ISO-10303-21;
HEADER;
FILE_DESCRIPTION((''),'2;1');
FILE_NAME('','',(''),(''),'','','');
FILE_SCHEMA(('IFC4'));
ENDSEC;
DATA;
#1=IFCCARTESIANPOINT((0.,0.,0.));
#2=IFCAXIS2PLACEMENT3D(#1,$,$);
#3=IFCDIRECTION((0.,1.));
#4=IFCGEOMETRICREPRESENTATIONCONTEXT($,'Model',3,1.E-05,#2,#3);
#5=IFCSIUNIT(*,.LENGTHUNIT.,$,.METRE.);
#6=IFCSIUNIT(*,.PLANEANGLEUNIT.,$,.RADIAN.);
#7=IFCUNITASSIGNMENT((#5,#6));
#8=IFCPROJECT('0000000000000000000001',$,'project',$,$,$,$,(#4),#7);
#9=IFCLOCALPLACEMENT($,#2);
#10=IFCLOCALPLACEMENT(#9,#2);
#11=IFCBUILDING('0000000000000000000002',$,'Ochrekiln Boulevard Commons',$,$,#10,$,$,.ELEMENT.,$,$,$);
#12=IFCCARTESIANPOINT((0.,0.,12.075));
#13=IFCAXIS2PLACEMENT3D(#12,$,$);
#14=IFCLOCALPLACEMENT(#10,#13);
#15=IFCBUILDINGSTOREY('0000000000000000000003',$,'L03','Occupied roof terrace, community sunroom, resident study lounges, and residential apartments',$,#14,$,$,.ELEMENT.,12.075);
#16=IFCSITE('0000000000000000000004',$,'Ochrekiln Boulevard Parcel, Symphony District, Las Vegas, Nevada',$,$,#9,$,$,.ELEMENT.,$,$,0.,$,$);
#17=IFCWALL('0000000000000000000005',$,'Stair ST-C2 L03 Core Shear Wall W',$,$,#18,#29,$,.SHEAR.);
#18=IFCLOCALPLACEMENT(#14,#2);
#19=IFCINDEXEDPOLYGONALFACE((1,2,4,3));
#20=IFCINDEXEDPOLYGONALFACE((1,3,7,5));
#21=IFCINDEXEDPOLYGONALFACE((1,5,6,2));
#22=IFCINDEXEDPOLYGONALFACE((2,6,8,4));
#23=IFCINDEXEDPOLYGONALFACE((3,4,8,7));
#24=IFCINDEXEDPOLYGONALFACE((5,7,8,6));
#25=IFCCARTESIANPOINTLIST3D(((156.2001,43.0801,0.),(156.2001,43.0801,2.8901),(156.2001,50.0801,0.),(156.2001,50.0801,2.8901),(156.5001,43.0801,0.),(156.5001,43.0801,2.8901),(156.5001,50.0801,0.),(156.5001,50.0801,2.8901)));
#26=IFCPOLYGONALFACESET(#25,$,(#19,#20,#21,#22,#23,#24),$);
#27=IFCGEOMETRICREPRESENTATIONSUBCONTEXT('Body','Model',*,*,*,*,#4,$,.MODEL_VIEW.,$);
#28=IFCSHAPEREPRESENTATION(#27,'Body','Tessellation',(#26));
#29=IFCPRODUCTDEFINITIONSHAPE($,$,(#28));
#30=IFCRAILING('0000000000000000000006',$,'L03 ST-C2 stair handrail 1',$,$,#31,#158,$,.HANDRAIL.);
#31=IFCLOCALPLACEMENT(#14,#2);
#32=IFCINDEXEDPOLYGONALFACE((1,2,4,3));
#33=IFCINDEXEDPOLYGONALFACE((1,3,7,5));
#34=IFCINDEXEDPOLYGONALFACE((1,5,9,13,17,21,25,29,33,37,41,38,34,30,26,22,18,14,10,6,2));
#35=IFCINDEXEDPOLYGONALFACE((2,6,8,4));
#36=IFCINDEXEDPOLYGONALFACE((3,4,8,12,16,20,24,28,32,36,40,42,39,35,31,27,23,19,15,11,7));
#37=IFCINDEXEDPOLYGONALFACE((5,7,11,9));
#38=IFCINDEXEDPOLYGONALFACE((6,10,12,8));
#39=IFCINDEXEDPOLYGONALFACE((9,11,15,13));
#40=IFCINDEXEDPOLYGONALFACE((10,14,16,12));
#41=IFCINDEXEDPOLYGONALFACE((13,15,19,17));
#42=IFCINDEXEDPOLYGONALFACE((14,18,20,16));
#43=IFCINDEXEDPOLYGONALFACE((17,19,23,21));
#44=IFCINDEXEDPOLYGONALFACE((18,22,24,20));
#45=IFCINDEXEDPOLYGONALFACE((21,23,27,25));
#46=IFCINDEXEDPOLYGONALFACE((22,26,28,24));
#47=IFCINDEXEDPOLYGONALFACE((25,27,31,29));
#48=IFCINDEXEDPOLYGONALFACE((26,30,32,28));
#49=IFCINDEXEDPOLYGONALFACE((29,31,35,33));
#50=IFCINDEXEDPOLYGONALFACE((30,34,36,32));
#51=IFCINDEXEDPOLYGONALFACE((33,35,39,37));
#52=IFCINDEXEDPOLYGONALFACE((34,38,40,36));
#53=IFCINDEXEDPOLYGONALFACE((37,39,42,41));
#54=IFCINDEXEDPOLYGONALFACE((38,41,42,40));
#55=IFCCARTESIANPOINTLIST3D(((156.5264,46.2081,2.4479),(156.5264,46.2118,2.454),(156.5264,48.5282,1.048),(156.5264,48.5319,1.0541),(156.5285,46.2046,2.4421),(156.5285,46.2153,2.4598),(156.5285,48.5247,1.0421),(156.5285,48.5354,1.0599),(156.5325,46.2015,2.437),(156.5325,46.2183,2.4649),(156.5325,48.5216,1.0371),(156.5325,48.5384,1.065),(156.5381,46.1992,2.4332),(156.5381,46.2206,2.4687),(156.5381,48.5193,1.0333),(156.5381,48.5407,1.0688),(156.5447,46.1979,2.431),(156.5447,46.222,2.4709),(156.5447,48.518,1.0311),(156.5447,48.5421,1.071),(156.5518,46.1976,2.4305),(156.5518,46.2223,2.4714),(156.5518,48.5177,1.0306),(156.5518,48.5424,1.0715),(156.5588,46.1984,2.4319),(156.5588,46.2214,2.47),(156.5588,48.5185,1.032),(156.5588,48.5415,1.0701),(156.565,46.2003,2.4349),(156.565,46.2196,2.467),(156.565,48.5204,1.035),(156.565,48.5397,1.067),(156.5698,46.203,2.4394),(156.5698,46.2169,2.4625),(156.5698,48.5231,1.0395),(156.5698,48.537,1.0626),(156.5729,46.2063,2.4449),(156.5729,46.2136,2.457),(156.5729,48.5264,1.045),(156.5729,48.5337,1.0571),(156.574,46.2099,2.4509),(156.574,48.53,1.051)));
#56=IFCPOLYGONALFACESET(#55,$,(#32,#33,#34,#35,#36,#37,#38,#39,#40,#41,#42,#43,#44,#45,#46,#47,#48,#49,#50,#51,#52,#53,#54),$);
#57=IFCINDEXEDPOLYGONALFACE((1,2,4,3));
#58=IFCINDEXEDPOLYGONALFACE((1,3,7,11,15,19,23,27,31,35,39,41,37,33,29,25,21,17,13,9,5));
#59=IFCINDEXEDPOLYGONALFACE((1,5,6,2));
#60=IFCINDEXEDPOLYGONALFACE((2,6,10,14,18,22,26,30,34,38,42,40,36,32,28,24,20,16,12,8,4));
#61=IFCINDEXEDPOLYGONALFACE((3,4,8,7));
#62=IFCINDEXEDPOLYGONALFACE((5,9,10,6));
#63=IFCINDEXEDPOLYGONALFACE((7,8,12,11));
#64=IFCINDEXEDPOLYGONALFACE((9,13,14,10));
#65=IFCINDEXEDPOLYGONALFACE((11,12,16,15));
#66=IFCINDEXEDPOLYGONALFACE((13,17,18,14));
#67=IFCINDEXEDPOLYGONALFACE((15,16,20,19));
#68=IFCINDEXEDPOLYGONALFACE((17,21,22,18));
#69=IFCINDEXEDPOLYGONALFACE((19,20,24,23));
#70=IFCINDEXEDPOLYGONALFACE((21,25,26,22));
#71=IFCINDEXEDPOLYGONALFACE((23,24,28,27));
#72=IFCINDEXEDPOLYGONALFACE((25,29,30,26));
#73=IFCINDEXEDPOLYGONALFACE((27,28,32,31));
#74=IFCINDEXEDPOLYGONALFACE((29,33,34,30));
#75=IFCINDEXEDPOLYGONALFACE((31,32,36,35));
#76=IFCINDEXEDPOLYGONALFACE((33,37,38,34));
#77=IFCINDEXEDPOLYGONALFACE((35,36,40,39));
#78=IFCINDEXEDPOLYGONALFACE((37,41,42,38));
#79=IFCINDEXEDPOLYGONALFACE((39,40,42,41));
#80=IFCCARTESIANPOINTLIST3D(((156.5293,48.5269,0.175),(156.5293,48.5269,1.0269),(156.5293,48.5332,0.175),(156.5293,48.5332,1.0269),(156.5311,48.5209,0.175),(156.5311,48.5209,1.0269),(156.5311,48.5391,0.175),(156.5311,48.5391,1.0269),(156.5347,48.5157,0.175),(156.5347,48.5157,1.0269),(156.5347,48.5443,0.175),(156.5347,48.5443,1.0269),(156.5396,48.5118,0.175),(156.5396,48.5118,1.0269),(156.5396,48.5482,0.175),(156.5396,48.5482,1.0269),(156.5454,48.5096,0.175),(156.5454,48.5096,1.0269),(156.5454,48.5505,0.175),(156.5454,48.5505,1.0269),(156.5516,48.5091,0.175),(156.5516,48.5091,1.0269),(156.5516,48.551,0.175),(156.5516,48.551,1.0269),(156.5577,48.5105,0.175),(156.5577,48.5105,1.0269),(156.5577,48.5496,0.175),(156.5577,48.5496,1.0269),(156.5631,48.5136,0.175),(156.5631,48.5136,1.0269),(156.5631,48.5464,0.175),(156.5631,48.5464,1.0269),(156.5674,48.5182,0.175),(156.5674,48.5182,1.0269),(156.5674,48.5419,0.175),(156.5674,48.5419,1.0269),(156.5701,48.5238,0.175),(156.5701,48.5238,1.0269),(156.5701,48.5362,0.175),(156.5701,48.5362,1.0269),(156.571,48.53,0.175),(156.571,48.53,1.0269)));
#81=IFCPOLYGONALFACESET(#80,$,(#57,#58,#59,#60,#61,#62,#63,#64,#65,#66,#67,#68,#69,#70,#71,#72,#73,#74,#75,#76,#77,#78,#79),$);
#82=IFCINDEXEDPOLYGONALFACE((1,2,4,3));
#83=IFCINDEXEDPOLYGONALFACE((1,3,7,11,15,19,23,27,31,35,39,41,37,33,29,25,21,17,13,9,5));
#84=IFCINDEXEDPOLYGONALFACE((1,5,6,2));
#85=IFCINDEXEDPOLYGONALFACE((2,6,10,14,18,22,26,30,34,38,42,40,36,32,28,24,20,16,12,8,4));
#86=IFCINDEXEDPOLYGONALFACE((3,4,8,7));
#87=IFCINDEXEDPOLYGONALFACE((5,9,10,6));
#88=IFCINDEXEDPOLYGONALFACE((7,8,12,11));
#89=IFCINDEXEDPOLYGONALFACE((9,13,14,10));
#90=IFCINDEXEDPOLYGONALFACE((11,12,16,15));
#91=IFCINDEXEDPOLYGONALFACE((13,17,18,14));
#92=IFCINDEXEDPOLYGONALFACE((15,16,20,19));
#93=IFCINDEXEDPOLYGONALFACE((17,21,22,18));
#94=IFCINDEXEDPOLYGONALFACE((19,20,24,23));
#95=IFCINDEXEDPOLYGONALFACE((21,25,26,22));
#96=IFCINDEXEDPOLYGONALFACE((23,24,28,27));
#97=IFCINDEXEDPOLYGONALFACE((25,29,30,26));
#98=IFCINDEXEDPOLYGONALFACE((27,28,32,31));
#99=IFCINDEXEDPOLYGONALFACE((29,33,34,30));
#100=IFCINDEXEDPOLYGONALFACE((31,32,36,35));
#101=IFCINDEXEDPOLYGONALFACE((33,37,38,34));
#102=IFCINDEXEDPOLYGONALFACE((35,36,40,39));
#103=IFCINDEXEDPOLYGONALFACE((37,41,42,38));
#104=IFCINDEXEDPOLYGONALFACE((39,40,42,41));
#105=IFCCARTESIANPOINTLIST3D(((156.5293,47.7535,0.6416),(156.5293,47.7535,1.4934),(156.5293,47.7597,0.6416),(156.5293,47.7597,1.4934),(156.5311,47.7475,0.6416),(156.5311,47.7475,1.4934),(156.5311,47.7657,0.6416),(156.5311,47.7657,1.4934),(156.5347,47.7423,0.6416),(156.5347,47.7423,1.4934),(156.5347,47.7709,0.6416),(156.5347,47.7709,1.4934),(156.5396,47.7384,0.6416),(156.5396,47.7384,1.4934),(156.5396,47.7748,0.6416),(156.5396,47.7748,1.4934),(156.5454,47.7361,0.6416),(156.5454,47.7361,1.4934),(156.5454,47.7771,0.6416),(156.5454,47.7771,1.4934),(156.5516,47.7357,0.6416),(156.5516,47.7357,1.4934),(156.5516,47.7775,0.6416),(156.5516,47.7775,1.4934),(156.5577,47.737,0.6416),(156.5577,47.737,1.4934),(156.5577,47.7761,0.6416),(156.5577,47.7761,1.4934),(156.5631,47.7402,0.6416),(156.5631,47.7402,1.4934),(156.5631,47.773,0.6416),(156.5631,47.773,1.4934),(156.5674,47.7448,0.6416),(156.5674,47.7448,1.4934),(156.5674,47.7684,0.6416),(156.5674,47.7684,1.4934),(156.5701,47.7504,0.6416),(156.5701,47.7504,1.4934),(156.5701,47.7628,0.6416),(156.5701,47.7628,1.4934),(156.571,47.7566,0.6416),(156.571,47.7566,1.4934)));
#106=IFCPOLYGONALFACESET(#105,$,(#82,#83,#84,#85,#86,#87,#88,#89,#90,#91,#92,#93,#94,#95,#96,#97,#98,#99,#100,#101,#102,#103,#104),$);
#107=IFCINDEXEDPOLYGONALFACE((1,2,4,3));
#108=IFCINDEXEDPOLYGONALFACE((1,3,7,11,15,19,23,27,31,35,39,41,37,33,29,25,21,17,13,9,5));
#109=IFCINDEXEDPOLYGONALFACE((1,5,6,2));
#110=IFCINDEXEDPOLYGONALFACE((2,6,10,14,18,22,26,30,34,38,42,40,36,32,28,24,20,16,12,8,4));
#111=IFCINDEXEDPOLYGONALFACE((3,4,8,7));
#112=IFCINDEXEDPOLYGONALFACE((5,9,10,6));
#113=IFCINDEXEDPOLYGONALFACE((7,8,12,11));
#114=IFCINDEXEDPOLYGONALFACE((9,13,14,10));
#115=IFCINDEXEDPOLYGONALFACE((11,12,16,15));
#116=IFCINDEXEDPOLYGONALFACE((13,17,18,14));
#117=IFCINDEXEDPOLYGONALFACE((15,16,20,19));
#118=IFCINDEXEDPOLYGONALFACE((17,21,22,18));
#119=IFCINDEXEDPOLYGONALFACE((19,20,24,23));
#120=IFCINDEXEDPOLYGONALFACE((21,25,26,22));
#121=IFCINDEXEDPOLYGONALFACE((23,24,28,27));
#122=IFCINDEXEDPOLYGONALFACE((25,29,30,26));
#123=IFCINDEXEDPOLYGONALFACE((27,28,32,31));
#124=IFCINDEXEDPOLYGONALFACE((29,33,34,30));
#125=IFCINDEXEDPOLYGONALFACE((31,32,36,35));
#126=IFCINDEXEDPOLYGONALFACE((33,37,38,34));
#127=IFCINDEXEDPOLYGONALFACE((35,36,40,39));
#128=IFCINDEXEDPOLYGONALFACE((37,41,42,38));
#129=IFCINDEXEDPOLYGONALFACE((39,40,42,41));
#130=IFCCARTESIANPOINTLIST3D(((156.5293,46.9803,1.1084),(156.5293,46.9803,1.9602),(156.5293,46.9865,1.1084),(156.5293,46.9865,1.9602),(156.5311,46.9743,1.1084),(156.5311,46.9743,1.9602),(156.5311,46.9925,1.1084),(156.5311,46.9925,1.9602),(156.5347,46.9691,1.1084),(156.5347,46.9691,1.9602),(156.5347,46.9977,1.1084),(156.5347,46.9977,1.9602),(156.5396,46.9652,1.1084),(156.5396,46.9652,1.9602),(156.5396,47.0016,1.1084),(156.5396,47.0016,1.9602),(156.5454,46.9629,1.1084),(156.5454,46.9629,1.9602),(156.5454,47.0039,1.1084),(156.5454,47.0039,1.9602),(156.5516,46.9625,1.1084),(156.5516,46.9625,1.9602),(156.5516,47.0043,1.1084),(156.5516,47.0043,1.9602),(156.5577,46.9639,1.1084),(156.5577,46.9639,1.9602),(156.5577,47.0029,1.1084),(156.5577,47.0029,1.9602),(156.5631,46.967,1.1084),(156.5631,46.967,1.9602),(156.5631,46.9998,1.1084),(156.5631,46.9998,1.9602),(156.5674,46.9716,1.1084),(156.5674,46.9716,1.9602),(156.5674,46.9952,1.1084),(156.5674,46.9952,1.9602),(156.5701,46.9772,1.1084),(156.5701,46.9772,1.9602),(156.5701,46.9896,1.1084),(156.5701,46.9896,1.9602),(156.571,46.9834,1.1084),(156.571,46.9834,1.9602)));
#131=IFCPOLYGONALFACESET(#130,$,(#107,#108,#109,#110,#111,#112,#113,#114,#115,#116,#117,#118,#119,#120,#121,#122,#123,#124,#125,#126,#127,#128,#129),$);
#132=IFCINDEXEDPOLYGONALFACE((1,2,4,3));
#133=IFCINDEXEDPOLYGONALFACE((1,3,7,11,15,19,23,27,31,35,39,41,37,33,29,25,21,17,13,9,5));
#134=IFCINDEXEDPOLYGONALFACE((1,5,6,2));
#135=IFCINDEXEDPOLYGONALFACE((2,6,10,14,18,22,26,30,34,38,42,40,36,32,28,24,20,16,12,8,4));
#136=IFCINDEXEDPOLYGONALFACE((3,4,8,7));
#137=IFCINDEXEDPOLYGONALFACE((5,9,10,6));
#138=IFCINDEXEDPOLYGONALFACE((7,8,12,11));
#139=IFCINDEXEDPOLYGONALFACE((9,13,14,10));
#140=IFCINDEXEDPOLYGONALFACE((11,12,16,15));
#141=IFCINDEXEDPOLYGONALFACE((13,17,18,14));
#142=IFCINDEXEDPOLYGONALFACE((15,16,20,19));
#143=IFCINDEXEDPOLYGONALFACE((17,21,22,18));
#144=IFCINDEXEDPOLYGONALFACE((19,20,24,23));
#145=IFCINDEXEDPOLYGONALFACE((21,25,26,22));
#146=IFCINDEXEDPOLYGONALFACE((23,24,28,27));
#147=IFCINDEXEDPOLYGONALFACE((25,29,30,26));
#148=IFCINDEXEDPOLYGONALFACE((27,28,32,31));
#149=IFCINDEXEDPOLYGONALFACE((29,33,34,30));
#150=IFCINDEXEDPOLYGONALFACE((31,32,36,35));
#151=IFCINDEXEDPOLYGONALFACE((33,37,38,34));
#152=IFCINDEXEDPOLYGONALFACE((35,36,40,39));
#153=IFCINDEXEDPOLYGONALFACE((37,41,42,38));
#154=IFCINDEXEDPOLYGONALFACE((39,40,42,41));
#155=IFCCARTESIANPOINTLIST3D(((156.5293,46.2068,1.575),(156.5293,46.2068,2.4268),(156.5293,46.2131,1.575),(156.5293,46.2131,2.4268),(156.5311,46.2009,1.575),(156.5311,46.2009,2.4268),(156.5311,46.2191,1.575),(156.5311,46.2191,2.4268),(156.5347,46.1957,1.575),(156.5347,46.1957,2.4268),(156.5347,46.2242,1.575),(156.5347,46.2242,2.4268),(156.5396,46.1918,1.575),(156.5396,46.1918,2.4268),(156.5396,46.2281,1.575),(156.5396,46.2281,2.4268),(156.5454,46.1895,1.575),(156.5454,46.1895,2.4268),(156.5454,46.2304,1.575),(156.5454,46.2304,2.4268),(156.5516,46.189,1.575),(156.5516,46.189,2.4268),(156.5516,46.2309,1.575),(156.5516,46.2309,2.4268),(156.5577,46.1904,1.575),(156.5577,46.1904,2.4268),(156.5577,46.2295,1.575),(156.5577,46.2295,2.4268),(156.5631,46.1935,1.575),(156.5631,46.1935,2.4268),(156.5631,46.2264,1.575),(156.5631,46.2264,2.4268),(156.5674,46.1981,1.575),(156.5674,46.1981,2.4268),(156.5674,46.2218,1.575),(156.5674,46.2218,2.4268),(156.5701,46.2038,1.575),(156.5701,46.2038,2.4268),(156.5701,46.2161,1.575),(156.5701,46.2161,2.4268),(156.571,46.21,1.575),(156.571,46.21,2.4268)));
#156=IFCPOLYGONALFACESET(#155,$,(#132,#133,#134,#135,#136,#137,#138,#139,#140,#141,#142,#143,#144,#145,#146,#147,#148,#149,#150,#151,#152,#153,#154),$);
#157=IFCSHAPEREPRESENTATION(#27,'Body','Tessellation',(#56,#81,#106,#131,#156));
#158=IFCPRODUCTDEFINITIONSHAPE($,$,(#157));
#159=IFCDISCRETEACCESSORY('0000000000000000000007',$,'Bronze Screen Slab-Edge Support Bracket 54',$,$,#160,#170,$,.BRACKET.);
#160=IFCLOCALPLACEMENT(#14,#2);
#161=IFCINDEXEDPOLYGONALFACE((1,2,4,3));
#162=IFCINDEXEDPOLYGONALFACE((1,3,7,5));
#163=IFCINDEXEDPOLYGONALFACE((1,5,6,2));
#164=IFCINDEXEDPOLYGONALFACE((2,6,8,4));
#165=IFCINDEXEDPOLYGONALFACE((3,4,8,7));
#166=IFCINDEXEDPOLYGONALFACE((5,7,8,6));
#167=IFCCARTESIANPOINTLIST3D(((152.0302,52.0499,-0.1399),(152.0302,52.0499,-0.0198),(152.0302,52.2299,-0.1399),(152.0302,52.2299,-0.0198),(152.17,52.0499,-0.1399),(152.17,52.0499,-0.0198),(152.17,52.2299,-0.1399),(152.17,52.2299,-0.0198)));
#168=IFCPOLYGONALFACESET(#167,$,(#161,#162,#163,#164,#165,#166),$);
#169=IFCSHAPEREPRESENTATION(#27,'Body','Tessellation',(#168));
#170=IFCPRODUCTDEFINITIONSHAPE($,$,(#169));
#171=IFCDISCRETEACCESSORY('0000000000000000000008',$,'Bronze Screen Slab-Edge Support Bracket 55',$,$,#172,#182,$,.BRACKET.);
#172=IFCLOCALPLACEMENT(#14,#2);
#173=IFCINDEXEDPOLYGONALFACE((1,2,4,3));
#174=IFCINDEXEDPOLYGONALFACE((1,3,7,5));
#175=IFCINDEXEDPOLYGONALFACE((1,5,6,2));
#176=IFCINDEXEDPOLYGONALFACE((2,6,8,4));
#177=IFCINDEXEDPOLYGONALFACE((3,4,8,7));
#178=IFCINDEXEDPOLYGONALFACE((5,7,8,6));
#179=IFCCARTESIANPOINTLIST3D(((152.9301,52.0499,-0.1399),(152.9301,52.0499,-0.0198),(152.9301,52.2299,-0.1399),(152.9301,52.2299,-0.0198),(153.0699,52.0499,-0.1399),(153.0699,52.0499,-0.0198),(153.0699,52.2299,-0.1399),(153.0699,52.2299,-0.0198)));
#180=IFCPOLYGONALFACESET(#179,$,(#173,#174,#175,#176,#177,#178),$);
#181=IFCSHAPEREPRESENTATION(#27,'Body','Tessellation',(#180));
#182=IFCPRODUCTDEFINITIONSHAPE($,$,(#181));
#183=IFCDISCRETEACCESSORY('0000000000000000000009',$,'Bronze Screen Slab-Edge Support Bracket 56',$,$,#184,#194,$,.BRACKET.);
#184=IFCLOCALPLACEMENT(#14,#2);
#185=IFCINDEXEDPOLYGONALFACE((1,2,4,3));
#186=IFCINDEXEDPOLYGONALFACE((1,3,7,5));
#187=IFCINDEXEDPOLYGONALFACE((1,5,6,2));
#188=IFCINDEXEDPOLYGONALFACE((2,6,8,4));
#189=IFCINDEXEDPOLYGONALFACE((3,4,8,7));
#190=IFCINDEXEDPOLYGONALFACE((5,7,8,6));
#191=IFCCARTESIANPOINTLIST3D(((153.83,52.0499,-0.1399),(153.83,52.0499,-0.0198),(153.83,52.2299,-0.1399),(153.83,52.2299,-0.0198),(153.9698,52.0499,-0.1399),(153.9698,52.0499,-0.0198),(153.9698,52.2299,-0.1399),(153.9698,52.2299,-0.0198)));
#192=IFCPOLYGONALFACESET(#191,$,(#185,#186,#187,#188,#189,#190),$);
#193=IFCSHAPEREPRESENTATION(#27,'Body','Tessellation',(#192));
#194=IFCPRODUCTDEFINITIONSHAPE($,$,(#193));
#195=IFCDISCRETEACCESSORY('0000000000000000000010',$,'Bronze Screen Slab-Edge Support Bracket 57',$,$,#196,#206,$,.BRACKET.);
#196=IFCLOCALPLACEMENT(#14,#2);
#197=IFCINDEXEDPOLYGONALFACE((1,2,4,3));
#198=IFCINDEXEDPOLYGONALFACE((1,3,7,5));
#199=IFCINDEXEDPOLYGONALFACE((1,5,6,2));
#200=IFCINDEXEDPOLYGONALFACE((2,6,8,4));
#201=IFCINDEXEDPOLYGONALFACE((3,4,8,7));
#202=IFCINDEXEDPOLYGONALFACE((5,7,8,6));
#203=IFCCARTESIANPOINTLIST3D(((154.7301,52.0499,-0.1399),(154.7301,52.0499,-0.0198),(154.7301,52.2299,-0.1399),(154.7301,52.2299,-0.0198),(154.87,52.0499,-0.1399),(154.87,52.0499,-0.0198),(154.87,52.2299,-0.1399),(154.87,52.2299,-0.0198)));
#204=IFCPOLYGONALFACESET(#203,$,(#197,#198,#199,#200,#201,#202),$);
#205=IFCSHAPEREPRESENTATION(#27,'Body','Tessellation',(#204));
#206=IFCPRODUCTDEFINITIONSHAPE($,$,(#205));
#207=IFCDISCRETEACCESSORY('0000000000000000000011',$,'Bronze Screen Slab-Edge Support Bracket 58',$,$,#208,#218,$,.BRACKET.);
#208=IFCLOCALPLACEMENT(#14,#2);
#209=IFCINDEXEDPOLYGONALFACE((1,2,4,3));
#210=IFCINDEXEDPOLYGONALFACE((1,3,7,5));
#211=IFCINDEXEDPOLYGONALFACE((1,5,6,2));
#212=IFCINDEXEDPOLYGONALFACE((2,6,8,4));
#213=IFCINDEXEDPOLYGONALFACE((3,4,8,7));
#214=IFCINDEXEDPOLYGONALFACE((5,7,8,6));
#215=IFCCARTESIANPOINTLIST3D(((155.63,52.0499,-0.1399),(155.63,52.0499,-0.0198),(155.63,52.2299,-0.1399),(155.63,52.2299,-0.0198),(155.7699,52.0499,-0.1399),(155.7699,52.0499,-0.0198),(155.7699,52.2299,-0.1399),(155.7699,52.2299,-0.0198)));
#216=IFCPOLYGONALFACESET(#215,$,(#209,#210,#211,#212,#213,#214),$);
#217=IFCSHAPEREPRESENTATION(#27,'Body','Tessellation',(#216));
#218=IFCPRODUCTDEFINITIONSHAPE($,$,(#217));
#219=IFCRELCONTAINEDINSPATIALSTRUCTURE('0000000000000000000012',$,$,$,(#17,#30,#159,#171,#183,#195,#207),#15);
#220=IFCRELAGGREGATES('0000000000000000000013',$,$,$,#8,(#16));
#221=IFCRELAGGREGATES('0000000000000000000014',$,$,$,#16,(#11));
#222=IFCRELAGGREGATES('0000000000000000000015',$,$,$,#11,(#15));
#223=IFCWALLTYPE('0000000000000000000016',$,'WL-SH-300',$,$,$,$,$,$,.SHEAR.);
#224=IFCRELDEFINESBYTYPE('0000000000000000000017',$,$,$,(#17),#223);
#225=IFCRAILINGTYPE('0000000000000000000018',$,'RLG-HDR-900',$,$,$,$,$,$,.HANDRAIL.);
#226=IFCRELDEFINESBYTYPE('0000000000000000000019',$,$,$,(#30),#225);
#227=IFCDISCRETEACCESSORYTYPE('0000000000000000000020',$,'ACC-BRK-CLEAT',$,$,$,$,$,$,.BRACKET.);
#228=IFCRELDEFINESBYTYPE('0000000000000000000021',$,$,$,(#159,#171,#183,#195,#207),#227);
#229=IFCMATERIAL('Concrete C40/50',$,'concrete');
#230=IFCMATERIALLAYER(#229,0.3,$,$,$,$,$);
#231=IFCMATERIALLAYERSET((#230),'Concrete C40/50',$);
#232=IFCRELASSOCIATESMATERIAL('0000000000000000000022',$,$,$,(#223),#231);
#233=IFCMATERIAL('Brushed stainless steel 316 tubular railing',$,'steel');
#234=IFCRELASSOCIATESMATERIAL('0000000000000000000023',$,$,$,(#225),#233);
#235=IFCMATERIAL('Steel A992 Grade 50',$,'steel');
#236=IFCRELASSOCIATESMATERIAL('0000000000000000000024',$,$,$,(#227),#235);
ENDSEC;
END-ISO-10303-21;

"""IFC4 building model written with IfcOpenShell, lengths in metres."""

from ifc_helpers import new_model, si_unit, direction, frame, frame_2d, origin, origin_2d, place, context, subcontext, project, spatial, rectangle, circle, extrude, material, layer, layer_set, type_object, element, save


model = new_model("IFC4")

# Units and contexts
model_context = context("Model", 3, precision=1e-05, world=origin(), true_north=direction((0.0, 1.0)))
body_context = subcontext(model_context, "Body", "Model", "MODEL_VIEW")
ifc_project = project(units=[si_unit("LENGTHUNIT", "METRE"), si_unit("PLANEANGLEUNIT", "RADIAN")], contexts=[model_context])

# Site, building, storey
site_placement = place(None, origin())
site = spatial("IfcSite", under=ifc_project, at=site_placement, Name="Ochrekiln Boulevard Parcel, Symphony District, Las Vegas, Nevada", CompositionType="ELEMENT", RefElevation=0.0)
building_placement = place(site_placement, origin())
building = spatial("IfcBuilding", under=site, at=building_placement, Name="Ochrekiln Boulevard Commons", CompositionType="ELEMENT")
storey_placement = place(building_placement, frame((0.0, 0.0, 12.075)))
storey = spatial("IfcBuildingStorey", under=building, at=storey_placement, Name="L03", Description="Occupied roof terrace, community sunroom, resident study lounges, and residential apartments", CompositionType="ELEMENT", Elevation=12.075)

# Shared definitions
ifc_material_1 = material(Name="Concrete C40/50", Category="concrete")

# Wall
ifc_layer_1 = layer(ifc_material_1, 0.3)
ifc_layer_set_1 = layer_set([ifc_layer_1], Name="Concrete C40/50")
wall_type_1 = type_object("IfcWallType", Name="WL-SH-300", PredefinedType="SHEAR", material=ifc_layer_set_1)
wall_1_placement = place(storey_placement, frame((156.3501, 43.0801, 0.0), z_axis=(0.0, 0.0, 1.0), x_axis=(0.0, 1.0, 0.0)))
element("IfcWall", 1, at=wall_1_placement, inside=storey, type_object=wall_type_1, Name="Stair ST-C2 L03 Core Shear Wall W", PredefinedType="SHEAR", context=body_context, shape_type="SweptSolid", body=[
    extrude(rectangle(XDim=7.0, YDim=0.3, at=frame_2d((3.5, 0.0))), origin(), (0.0, 0.0, 1.0), 2.8901),
])

# Railing
ifc_material_2 = material(Name="Brushed stainless steel 316 tubular railing", Category="steel")
railing_type = type_object("IfcRailingType", Name="RLG-HDR-900", PredefinedType="HANDRAIL", material=ifc_material_2)
railing_placement = place(storey_placement, frame((156.55, 48.53, 0.175)))
element("IfcRailing", 2, at=railing_placement, inside=storey, type_object=railing_type, Name="L03 ST-C2 stair handrail 1", PredefinedType="HANDRAIL", context=body_context, shape_type="SweptSolid", body=[
    extrude(circle(Radius=0.0239, at=origin_2d()), frame((0.0, 0.0, 0.876), z_axis=(0.0, -0.85621, 0.516627), x_axis=(1.0, 0.0, 0.0)), (0.0, 0.0, 1.0), 2.7097),
    extrude(circle(Radius=0.021, at=origin_2d()), origin(), (0.0, 0.0, 1.0), 0.8518),
    extrude(circle(Radius=0.021, at=origin_2d()), frame((0.0, -0.7734, 0.4666)), (0.0, 0.0, 1.0), 0.8518),
    extrude(circle(Radius=0.021, at=origin_2d()), frame((0.0, -1.5466, 0.9333)), (0.0, 0.0, 1.0), 0.8518),
    extrude(circle(Radius=0.021, at=origin_2d()), frame((0.0, -2.3201, 1.3999)), (0.0, 0.0, 1.0), 0.8518),
])

# Discrete accessories
ifc_material_3 = material(Name="Steel A992 Grade 50", Category="steel")
discrete_accessory_type = type_object("IfcDiscreteAccessoryType", Name="ACC-BRK-CLEAT", PredefinedType="BRACKET", material=ifc_material_3)
for number, where, z_axis, x_axis, name in (
    (3, (152.1001, 52.1399, -0.1399), (0.0, 0.0, 1.0), (1.0, 0.0, 0.0), "Bronze Screen Slab-Edge Support Bracket 54"),
    (4, (153.0, 52.1399, -0.1399), (0.0, 0.0, 1.0), (1.0, 0.0, 0.0), "Bronze Screen Slab-Edge Support Bracket 55"),
    (5, (153.8999, 52.1399, -0.1399), (0.0, 0.0, 1.0), (1.0, 0.0, 0.0), "Bronze Screen Slab-Edge Support Bracket 56"),
    (6, (154.8, 52.1399, -0.1399), (0.0, 0.0, 1.0), (1.0, 0.0, 0.0), "Bronze Screen Slab-Edge Support Bracket 57"),
    (7, (155.7, 52.1399, -0.1399), (0.0, 0.0, 1.0), (1.0, 0.0, 0.0), "Bronze Screen Slab-Edge Support Bracket 58"),
):
    element("IfcDiscreteAccessory", number, at=place(storey_placement, frame(where, z_axis=z_axis, x_axis=x_axis)), inside=storey, type_object=discrete_accessory_type, Name=name, PredefinedType="BRACKET", context=body_context, shape_type="SweptSolid", body=[
        extrude(rectangle(XDim=0.1399, YDim=0.1799, at=origin_2d()), origin(), (0.0, 0.0, 1.0), 0.1201),
    ])

save(model, "model.ifc")
